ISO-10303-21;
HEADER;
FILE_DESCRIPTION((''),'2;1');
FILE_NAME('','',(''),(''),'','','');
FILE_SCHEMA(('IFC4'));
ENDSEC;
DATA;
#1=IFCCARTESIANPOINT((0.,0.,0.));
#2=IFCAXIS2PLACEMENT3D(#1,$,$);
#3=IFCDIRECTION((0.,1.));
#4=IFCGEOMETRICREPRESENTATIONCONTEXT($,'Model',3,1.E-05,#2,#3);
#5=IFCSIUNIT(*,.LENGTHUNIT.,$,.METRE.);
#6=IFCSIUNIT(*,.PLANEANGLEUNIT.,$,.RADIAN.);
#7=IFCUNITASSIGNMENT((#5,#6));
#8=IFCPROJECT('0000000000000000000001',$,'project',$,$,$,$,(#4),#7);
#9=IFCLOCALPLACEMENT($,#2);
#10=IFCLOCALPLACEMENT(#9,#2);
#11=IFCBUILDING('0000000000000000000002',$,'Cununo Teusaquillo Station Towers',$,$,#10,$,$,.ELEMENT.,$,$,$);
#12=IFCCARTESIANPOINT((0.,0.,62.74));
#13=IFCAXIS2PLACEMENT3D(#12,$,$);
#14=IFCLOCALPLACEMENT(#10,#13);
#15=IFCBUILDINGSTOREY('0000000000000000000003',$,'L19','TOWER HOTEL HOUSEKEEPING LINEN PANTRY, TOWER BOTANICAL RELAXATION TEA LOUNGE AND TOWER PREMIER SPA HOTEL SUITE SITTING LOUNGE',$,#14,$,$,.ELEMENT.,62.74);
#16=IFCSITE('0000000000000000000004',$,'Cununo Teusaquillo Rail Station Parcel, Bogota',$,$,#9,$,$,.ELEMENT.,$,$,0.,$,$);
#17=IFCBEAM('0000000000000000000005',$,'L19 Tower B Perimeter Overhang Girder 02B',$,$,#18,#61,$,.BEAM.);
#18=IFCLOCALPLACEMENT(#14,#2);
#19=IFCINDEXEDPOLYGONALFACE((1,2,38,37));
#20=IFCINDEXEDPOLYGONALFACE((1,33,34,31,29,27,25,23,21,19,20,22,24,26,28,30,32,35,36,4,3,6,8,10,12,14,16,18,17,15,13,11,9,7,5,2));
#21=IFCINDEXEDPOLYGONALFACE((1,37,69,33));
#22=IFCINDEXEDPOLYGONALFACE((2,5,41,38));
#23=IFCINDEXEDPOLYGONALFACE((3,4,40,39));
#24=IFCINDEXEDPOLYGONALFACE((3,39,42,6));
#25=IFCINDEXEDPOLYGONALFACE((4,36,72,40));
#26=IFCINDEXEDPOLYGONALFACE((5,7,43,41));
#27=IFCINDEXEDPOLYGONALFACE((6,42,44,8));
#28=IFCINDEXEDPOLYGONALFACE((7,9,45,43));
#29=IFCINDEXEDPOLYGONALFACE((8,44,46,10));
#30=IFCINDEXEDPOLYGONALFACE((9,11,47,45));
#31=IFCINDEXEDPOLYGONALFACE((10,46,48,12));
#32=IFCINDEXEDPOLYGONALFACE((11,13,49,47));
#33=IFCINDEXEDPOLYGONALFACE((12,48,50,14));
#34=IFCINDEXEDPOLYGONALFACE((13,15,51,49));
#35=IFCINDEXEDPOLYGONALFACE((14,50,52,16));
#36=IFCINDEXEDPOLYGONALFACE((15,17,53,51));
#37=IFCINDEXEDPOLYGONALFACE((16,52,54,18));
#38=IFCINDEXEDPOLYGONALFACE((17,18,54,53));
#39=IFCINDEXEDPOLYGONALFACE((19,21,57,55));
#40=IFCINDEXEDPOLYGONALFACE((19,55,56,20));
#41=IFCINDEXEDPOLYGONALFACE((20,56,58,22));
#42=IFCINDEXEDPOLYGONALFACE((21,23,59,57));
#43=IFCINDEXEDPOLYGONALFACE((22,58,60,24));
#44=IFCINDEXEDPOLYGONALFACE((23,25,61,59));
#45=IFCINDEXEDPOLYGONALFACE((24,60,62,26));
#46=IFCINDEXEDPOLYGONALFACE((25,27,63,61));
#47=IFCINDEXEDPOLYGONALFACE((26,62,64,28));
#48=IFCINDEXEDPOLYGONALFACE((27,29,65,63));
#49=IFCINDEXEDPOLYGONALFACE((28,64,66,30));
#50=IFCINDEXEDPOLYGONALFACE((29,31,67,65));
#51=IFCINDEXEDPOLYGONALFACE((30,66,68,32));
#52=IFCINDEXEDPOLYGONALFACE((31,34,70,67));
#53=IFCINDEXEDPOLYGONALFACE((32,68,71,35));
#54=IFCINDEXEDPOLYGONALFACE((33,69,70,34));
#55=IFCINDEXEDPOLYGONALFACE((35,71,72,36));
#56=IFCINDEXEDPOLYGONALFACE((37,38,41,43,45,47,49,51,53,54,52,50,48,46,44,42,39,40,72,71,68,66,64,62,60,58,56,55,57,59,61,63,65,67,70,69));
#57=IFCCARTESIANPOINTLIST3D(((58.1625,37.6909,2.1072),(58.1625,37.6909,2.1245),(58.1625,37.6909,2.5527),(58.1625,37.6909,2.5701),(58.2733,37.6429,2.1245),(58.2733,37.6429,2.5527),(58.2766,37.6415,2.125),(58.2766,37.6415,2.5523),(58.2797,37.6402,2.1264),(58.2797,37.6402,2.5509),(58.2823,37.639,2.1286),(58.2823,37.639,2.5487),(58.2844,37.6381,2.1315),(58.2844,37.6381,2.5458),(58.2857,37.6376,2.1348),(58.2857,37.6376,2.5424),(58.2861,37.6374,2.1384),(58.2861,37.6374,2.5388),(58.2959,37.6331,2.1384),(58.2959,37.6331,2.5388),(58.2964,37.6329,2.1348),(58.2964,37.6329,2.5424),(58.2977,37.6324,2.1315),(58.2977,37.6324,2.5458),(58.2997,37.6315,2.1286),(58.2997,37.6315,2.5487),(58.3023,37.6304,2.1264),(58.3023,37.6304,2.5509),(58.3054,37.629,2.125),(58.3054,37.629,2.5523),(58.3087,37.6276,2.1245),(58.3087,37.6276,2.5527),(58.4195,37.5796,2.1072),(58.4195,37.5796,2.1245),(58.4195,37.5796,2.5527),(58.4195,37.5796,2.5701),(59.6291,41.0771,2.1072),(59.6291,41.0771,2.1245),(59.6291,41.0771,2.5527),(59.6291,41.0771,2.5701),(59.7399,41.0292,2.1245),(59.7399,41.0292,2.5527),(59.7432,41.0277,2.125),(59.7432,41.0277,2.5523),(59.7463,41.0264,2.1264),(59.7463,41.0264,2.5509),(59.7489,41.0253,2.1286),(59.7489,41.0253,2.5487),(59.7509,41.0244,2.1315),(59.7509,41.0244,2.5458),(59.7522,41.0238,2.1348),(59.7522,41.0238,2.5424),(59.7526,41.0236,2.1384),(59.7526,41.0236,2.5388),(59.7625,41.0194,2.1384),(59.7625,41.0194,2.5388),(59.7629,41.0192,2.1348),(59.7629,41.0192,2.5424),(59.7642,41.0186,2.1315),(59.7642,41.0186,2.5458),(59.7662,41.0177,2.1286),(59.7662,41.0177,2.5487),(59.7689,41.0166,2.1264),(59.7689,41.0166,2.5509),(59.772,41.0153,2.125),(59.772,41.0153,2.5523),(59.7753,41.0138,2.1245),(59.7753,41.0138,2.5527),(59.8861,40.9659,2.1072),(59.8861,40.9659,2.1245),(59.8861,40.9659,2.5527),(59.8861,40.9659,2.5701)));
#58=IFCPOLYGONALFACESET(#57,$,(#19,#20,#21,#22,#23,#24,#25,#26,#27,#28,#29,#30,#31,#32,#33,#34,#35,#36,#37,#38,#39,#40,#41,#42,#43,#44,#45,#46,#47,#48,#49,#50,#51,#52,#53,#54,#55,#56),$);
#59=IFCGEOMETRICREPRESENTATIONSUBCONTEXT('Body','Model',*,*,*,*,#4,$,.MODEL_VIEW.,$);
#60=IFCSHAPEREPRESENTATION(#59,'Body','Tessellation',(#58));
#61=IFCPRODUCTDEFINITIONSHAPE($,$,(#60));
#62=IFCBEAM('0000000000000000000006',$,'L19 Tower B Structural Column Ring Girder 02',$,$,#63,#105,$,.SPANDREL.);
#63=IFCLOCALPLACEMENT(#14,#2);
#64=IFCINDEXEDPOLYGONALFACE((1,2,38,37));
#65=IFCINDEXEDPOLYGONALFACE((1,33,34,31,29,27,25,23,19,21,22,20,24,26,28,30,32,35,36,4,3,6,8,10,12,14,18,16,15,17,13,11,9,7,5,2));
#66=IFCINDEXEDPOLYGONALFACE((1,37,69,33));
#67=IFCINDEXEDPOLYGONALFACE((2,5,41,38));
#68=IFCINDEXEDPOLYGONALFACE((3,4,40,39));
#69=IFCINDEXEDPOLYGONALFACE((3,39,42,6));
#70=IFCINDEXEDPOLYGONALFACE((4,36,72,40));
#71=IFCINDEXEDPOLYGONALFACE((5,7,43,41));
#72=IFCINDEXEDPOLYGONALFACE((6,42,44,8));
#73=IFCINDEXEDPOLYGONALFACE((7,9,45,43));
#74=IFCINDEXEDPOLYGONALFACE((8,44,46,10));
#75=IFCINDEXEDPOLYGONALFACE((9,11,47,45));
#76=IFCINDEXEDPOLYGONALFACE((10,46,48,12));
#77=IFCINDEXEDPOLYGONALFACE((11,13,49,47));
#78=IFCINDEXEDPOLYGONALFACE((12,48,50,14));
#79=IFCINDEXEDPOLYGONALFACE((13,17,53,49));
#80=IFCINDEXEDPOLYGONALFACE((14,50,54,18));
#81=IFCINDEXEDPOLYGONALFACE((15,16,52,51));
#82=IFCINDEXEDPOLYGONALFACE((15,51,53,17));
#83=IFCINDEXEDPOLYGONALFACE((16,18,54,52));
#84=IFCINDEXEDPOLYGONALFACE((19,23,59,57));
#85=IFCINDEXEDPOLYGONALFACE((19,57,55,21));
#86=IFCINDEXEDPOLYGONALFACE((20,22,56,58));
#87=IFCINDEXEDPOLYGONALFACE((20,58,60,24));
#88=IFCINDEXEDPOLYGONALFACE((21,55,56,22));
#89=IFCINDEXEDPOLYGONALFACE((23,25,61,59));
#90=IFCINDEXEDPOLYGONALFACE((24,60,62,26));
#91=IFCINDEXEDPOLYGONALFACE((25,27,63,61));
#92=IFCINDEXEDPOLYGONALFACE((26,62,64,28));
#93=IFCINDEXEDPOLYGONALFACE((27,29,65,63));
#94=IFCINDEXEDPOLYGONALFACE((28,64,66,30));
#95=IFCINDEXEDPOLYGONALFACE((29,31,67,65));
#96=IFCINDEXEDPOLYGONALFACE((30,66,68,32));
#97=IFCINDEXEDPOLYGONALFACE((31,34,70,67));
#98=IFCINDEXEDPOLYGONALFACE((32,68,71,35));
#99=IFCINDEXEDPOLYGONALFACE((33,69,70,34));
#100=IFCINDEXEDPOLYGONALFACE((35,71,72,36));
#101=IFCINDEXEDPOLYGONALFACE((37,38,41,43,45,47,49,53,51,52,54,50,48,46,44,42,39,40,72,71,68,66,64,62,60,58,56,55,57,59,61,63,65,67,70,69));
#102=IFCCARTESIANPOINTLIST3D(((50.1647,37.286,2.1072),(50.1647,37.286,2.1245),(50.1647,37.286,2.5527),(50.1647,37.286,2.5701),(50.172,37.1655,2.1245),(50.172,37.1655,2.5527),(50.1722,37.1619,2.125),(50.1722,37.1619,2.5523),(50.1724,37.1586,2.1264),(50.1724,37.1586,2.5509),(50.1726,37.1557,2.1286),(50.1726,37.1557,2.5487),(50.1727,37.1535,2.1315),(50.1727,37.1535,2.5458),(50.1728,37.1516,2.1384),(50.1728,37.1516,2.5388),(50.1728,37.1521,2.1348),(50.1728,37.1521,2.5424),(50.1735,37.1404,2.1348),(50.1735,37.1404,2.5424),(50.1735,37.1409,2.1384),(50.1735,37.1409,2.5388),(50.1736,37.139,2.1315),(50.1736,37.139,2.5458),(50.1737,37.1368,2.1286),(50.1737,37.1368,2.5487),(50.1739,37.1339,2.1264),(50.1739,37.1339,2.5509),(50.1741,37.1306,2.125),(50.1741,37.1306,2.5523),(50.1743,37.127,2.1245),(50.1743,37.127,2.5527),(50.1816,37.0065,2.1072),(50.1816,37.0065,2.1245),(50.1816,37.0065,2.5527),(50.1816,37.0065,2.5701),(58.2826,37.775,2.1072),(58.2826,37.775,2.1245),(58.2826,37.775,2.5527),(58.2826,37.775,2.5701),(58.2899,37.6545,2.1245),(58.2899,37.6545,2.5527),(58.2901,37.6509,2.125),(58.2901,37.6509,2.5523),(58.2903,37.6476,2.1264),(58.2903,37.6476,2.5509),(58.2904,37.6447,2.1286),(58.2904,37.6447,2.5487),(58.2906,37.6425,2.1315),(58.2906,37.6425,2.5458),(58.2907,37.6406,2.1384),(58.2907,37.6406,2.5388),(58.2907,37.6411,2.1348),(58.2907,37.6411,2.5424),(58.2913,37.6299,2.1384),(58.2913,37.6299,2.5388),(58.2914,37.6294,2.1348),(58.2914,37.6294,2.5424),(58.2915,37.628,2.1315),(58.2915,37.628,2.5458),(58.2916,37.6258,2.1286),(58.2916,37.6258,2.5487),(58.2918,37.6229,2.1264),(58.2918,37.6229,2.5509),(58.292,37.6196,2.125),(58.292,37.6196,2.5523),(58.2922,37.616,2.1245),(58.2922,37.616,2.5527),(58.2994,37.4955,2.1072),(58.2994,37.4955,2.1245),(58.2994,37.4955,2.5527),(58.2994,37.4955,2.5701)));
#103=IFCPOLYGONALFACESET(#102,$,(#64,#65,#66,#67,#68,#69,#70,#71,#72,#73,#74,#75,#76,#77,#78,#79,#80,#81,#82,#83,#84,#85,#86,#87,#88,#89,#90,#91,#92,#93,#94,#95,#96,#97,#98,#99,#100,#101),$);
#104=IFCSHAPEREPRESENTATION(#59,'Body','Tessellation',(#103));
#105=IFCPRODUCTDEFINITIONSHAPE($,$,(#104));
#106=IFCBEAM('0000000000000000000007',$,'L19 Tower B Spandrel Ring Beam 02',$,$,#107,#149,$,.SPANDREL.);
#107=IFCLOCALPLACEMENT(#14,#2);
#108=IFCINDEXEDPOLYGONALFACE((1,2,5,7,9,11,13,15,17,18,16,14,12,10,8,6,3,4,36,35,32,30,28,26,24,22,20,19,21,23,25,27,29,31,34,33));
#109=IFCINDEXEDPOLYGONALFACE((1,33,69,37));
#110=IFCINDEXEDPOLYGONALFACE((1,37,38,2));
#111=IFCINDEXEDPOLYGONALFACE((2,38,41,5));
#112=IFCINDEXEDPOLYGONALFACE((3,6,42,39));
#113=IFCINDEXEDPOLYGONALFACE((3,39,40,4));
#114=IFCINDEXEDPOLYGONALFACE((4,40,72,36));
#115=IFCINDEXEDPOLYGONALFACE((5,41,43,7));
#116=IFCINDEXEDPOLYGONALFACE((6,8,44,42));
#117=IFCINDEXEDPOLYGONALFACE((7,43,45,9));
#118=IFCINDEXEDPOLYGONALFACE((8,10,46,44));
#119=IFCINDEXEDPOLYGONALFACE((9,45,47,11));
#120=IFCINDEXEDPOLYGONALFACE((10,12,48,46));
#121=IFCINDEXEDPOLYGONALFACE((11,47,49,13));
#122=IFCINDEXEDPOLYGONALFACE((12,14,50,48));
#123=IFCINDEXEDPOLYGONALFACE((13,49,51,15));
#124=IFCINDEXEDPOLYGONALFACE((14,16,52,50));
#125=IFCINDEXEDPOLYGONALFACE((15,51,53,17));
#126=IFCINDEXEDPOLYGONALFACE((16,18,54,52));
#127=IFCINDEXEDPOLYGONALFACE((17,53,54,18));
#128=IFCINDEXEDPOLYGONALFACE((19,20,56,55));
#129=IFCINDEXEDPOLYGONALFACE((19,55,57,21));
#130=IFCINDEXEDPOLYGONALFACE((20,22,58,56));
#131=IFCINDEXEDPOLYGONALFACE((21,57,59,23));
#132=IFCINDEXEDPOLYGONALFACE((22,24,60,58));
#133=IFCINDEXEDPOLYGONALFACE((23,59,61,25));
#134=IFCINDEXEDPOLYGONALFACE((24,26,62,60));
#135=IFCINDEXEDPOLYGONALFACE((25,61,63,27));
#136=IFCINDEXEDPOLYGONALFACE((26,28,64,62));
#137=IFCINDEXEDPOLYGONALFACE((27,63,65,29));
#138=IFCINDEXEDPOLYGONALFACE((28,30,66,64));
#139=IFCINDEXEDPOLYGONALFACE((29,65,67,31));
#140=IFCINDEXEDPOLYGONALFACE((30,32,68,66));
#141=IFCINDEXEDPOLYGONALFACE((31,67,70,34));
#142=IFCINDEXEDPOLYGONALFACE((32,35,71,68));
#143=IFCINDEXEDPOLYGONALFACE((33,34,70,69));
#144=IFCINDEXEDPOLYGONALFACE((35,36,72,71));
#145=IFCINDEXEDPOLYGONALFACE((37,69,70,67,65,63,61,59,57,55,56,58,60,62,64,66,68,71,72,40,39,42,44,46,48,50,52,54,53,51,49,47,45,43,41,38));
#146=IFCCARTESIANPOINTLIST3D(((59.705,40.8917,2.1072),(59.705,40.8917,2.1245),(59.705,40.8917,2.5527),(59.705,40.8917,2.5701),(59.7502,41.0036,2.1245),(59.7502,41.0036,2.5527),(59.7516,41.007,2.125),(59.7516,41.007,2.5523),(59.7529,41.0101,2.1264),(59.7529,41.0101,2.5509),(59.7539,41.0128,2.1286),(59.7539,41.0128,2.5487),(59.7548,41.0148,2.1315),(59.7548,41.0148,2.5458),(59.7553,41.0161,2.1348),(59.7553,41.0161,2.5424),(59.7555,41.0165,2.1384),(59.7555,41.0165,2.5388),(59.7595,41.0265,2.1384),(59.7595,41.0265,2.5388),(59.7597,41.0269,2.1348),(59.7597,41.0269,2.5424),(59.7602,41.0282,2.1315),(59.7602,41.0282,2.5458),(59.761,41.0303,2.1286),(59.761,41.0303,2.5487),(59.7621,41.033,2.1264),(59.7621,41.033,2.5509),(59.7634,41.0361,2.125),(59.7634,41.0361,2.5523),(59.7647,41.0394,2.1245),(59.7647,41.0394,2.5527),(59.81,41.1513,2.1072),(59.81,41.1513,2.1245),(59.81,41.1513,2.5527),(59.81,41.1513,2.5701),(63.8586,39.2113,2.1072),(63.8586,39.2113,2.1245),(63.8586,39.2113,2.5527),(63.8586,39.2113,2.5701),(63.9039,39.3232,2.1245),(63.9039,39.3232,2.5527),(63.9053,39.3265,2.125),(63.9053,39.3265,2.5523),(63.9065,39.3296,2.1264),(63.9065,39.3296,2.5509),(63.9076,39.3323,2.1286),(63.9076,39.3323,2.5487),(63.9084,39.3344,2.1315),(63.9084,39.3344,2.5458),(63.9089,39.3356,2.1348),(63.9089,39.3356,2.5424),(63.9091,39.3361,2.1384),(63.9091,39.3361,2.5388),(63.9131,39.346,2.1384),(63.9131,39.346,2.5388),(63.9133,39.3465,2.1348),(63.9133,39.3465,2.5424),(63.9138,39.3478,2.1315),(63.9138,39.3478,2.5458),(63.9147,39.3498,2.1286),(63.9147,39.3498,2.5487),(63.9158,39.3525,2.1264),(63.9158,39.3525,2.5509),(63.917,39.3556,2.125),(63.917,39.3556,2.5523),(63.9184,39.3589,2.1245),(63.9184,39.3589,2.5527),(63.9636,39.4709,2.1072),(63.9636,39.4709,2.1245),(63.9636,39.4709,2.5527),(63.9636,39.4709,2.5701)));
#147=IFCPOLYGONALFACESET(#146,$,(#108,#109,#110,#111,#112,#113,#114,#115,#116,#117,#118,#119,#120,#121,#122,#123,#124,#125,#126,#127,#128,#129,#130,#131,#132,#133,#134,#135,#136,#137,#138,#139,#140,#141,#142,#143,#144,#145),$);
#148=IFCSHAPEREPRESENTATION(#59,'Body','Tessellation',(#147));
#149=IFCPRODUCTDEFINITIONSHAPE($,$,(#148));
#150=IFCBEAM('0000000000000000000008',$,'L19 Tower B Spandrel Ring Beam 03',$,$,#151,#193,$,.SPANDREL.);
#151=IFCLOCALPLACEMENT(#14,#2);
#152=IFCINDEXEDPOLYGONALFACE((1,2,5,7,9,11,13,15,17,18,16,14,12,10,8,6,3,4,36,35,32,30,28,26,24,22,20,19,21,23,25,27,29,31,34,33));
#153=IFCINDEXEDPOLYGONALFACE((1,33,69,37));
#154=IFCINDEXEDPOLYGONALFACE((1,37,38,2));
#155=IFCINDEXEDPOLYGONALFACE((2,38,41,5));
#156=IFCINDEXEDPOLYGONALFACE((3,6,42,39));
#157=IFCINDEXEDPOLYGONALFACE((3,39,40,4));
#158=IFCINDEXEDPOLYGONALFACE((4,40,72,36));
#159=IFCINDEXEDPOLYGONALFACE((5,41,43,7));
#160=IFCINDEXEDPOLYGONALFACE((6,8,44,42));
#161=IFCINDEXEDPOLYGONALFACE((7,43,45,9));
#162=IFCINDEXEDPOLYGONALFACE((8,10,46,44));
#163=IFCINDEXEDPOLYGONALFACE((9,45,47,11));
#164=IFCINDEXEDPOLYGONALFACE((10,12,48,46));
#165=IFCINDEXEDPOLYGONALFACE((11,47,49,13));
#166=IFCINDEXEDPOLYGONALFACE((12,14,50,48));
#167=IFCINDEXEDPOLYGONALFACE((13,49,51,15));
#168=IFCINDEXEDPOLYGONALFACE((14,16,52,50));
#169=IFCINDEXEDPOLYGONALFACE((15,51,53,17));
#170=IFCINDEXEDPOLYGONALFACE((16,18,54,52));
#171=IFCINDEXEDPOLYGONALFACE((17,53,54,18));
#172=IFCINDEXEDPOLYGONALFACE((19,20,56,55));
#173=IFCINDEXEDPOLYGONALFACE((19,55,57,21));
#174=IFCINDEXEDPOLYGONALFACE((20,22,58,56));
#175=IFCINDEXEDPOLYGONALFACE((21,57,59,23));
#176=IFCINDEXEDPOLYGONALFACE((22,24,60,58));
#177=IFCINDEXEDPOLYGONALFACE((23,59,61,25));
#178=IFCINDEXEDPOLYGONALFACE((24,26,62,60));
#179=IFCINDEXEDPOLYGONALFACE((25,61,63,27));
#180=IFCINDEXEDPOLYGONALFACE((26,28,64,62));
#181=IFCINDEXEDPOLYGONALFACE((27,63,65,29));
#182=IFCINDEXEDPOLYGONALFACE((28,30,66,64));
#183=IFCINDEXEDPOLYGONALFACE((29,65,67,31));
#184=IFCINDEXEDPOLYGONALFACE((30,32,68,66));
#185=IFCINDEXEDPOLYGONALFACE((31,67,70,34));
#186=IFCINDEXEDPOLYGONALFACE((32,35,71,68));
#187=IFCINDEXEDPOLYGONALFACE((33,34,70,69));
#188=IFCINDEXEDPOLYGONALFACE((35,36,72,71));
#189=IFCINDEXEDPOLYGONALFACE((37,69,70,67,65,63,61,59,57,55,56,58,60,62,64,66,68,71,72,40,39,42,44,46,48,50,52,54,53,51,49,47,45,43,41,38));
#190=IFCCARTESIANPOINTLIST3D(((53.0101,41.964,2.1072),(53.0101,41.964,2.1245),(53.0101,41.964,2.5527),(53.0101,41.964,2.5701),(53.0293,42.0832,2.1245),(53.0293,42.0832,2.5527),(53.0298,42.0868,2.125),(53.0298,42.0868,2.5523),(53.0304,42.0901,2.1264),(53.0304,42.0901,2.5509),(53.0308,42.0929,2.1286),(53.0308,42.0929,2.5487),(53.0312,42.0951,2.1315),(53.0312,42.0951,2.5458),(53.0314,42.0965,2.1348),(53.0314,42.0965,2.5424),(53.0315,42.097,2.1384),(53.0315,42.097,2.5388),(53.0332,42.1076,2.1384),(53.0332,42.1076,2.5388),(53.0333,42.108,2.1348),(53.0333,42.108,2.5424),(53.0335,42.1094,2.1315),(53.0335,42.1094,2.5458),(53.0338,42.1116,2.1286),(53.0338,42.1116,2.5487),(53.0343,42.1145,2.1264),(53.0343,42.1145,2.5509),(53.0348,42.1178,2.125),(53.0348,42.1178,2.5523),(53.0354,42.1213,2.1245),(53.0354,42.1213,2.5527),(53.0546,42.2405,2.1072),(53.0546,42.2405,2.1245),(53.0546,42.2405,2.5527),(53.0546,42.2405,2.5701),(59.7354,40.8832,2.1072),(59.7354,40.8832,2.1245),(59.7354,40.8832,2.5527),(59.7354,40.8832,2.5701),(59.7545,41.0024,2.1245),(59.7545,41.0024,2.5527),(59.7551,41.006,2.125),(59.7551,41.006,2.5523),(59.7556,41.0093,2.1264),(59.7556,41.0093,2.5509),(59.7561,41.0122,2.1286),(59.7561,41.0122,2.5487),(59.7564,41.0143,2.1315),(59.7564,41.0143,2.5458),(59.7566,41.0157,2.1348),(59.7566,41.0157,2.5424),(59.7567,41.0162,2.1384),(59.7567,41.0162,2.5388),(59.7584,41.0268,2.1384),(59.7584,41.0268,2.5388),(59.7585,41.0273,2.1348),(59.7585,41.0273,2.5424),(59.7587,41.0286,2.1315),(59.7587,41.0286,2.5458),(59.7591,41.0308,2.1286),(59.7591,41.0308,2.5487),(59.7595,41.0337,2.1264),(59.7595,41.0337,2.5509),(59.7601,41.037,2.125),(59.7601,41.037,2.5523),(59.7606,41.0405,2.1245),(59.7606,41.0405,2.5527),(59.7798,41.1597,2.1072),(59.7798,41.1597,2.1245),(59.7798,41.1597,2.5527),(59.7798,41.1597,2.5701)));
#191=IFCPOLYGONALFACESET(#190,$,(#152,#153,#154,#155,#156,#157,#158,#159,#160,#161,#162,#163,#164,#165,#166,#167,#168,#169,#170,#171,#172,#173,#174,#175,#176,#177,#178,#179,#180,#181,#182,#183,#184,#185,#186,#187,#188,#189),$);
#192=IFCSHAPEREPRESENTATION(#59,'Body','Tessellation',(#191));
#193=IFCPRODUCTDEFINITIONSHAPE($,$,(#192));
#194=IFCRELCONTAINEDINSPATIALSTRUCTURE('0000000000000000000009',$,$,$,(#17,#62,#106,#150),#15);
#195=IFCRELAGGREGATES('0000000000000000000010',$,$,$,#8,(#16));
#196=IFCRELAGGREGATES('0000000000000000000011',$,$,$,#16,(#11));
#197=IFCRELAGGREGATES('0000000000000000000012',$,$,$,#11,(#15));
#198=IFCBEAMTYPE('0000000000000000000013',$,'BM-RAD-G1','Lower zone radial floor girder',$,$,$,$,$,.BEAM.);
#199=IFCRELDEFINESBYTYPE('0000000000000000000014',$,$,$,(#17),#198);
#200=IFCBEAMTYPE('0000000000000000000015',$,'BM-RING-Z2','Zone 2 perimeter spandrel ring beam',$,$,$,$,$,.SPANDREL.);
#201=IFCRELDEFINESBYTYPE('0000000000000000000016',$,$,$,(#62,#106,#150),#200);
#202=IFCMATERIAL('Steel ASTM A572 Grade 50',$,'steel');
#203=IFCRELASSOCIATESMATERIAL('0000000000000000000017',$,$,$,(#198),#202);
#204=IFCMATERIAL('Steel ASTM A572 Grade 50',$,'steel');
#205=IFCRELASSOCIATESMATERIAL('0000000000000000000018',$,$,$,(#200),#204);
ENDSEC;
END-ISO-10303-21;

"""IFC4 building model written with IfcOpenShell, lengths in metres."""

from ifc_helpers import new_model, si_unit, direction, frame, origin, origin_2d, place, context, subcontext, project, spatial, i_section, extrude, material, material_profile, profile_set, type_object, element, save


model = new_model("IFC4")

# Units and contexts
model_context = context("Model", 3, precision=1e-05, world=origin(), true_north=direction((0.0, 1.0)))
body_context = subcontext(model_context, "Body", "Model", "MODEL_VIEW")
ifc_project = project(units=[si_unit("LENGTHUNIT", "METRE"), si_unit("PLANEANGLEUNIT", "RADIAN")], contexts=[model_context])

# Site, building, storey
site_placement = place(None, origin())
site = spatial("IfcSite", under=ifc_project, at=site_placement, Name="Cununo Teusaquillo Rail Station Parcel, Bogota", CompositionType="ELEMENT", RefElevation=0.0)
building_placement = place(site_placement, origin())
building = spatial("IfcBuilding", under=site, at=building_placement, Name="Cununo Teusaquillo Station Towers", CompositionType="ELEMENT")
storey_placement = place(building_placement, frame((0.0, 0.0, 62.74)))
storey = spatial("IfcBuildingStorey", under=building, at=storey_placement, Name="L19", Description="TOWER HOTEL HOUSEKEEPING LINEN PANTRY, TOWER BOTANICAL RELAXATION TEA LOUNGE AND TOWER PREMIER SPA HOTEL SUITE SITTING LOUNGE", CompositionType="ELEMENT", Elevation=62.74)

# Beams
ifc_material_1 = material(Name="Steel ASTM A572 Grade 50", Category="steel")
ifc_material_profile_1 = material_profile(ifc_material_1, i_section(OverallWidth=0.28, OverallDepth=0.4629, WebThickness=0.0107, FlangeThickness=0.0173, FilletRadius=0.0139, at=origin_2d()), Name="W18X76")
ifc_profile_set_1 = profile_set([ifc_material_profile_1], Name="Steel ASTM A572 Grade 50")
beam_type_1 = type_object("IfcBeamType", Name="BM-RAD-G1", Description="Lower zone radial floor girder", PredefinedType="BEAM", material=ifc_profile_set_1)
beam_1_placement = place(storey_placement, frame((58.291, 37.6353, 2.3386), z_axis=(0.397422, 0.917636, 0.0), x_axis=(-0.917636, 0.397422, 0.0)))
element("IfcBeam", 1, at=beam_1_placement, inside=storey, type_object=beam_type_1, Name="L19 Tower B Perimeter Overhang Girder 02B", PredefinedType="BEAM", context=body_context, shape_type="SweptSolid", body=[
    extrude(i_section(OverallWidth=0.28, OverallDepth=0.4629, WebThickness=0.0107, FlangeThickness=0.0173, FilletRadius=0.0139, at=origin_2d()), origin(), (0.0, 0.0, 1.0), 3.6902),
])
ifc_material_2 = material(Name="Steel ASTM A572 Grade 50", Category="steel")
ifc_material_profile_2 = material_profile(ifc_material_2, i_section(OverallWidth=0.28, OverallDepth=0.4629, WebThickness=0.0107, FlangeThickness=0.0173, FilletRadius=0.0139, at=origin_2d()), Name="W18X76")
ifc_profile_set_2 = profile_set([ifc_material_profile_2], Name="Steel ASTM A572 Grade 50")
beam_type_2 = type_object("IfcBeamType", Name="BM-RING-Z2", Description="Zone 2 perimeter spandrel ring beam", PredefinedType="SPANDREL", material=ifc_profile_set_2)
beam_2_placement = place(storey_placement, frame((58.291, 37.6353, 2.3386), z_axis=(-0.998191, -0.06013, 0.0), x_axis=(0.06013, -0.998191, 0.0)))
element("IfcBeam", 2, at=beam_2_placement, inside=storey, type_object=beam_type_2, Name="L19 Tower B Structural Column Ring Girder 02", PredefinedType="SPANDREL", context=body_context, shape_type="SweptSolid", body=[
    extrude(i_section(OverallWidth=0.28, OverallDepth=0.4629, WebThickness=0.0107, FlangeThickness=0.0173, FilletRadius=0.0139, at=origin_2d()), origin(), (0.0, 0.0, 1.0), 8.1326),
])
beam_3_placement = place(storey_placement, frame((63.9111, 39.3411, 2.3386), z_axis=(-0.927008, 0.375042, 0.0), x_axis=(-0.375042, -0.927008, 0.0)))
element("IfcBeam", 3, at=beam_3_placement, inside=storey, type_object=beam_type_2, Name="L19 Tower B Spandrel Ring Beam 02", PredefinedType="SPANDREL", context=body_context, shape_type="SweptSolid", body=[
    extrude(i_section(OverallWidth=0.28, OverallDepth=0.4629, WebThickness=0.0107, FlangeThickness=0.0173, FilletRadius=0.0139, at=origin_2d()), origin(), (0.0, 0.0, 1.0), 4.4807),
])
beam_4_placement = place(storey_placement, frame((59.7576, 41.0215, 2.3386), z_axis=(-0.987331, 0.158671, 0.0), x_axis=(-0.158671, -0.987331, 0.0)))
element("IfcBeam", 4, at=beam_4_placement, inside=storey, type_object=beam_type_2, Name="L19 Tower B Spandrel Ring Beam 03", PredefinedType="SPANDREL", context=body_context, shape_type="SweptSolid", body=[
    extrude(i_section(OverallWidth=0.28, OverallDepth=0.4629, WebThickness=0.0107, FlangeThickness=0.0173, FilletRadius=0.0139, at=origin_2d()), origin(), (0.0, 0.0, 1.0), 6.8115),
])

save(model, "model.ifc")
